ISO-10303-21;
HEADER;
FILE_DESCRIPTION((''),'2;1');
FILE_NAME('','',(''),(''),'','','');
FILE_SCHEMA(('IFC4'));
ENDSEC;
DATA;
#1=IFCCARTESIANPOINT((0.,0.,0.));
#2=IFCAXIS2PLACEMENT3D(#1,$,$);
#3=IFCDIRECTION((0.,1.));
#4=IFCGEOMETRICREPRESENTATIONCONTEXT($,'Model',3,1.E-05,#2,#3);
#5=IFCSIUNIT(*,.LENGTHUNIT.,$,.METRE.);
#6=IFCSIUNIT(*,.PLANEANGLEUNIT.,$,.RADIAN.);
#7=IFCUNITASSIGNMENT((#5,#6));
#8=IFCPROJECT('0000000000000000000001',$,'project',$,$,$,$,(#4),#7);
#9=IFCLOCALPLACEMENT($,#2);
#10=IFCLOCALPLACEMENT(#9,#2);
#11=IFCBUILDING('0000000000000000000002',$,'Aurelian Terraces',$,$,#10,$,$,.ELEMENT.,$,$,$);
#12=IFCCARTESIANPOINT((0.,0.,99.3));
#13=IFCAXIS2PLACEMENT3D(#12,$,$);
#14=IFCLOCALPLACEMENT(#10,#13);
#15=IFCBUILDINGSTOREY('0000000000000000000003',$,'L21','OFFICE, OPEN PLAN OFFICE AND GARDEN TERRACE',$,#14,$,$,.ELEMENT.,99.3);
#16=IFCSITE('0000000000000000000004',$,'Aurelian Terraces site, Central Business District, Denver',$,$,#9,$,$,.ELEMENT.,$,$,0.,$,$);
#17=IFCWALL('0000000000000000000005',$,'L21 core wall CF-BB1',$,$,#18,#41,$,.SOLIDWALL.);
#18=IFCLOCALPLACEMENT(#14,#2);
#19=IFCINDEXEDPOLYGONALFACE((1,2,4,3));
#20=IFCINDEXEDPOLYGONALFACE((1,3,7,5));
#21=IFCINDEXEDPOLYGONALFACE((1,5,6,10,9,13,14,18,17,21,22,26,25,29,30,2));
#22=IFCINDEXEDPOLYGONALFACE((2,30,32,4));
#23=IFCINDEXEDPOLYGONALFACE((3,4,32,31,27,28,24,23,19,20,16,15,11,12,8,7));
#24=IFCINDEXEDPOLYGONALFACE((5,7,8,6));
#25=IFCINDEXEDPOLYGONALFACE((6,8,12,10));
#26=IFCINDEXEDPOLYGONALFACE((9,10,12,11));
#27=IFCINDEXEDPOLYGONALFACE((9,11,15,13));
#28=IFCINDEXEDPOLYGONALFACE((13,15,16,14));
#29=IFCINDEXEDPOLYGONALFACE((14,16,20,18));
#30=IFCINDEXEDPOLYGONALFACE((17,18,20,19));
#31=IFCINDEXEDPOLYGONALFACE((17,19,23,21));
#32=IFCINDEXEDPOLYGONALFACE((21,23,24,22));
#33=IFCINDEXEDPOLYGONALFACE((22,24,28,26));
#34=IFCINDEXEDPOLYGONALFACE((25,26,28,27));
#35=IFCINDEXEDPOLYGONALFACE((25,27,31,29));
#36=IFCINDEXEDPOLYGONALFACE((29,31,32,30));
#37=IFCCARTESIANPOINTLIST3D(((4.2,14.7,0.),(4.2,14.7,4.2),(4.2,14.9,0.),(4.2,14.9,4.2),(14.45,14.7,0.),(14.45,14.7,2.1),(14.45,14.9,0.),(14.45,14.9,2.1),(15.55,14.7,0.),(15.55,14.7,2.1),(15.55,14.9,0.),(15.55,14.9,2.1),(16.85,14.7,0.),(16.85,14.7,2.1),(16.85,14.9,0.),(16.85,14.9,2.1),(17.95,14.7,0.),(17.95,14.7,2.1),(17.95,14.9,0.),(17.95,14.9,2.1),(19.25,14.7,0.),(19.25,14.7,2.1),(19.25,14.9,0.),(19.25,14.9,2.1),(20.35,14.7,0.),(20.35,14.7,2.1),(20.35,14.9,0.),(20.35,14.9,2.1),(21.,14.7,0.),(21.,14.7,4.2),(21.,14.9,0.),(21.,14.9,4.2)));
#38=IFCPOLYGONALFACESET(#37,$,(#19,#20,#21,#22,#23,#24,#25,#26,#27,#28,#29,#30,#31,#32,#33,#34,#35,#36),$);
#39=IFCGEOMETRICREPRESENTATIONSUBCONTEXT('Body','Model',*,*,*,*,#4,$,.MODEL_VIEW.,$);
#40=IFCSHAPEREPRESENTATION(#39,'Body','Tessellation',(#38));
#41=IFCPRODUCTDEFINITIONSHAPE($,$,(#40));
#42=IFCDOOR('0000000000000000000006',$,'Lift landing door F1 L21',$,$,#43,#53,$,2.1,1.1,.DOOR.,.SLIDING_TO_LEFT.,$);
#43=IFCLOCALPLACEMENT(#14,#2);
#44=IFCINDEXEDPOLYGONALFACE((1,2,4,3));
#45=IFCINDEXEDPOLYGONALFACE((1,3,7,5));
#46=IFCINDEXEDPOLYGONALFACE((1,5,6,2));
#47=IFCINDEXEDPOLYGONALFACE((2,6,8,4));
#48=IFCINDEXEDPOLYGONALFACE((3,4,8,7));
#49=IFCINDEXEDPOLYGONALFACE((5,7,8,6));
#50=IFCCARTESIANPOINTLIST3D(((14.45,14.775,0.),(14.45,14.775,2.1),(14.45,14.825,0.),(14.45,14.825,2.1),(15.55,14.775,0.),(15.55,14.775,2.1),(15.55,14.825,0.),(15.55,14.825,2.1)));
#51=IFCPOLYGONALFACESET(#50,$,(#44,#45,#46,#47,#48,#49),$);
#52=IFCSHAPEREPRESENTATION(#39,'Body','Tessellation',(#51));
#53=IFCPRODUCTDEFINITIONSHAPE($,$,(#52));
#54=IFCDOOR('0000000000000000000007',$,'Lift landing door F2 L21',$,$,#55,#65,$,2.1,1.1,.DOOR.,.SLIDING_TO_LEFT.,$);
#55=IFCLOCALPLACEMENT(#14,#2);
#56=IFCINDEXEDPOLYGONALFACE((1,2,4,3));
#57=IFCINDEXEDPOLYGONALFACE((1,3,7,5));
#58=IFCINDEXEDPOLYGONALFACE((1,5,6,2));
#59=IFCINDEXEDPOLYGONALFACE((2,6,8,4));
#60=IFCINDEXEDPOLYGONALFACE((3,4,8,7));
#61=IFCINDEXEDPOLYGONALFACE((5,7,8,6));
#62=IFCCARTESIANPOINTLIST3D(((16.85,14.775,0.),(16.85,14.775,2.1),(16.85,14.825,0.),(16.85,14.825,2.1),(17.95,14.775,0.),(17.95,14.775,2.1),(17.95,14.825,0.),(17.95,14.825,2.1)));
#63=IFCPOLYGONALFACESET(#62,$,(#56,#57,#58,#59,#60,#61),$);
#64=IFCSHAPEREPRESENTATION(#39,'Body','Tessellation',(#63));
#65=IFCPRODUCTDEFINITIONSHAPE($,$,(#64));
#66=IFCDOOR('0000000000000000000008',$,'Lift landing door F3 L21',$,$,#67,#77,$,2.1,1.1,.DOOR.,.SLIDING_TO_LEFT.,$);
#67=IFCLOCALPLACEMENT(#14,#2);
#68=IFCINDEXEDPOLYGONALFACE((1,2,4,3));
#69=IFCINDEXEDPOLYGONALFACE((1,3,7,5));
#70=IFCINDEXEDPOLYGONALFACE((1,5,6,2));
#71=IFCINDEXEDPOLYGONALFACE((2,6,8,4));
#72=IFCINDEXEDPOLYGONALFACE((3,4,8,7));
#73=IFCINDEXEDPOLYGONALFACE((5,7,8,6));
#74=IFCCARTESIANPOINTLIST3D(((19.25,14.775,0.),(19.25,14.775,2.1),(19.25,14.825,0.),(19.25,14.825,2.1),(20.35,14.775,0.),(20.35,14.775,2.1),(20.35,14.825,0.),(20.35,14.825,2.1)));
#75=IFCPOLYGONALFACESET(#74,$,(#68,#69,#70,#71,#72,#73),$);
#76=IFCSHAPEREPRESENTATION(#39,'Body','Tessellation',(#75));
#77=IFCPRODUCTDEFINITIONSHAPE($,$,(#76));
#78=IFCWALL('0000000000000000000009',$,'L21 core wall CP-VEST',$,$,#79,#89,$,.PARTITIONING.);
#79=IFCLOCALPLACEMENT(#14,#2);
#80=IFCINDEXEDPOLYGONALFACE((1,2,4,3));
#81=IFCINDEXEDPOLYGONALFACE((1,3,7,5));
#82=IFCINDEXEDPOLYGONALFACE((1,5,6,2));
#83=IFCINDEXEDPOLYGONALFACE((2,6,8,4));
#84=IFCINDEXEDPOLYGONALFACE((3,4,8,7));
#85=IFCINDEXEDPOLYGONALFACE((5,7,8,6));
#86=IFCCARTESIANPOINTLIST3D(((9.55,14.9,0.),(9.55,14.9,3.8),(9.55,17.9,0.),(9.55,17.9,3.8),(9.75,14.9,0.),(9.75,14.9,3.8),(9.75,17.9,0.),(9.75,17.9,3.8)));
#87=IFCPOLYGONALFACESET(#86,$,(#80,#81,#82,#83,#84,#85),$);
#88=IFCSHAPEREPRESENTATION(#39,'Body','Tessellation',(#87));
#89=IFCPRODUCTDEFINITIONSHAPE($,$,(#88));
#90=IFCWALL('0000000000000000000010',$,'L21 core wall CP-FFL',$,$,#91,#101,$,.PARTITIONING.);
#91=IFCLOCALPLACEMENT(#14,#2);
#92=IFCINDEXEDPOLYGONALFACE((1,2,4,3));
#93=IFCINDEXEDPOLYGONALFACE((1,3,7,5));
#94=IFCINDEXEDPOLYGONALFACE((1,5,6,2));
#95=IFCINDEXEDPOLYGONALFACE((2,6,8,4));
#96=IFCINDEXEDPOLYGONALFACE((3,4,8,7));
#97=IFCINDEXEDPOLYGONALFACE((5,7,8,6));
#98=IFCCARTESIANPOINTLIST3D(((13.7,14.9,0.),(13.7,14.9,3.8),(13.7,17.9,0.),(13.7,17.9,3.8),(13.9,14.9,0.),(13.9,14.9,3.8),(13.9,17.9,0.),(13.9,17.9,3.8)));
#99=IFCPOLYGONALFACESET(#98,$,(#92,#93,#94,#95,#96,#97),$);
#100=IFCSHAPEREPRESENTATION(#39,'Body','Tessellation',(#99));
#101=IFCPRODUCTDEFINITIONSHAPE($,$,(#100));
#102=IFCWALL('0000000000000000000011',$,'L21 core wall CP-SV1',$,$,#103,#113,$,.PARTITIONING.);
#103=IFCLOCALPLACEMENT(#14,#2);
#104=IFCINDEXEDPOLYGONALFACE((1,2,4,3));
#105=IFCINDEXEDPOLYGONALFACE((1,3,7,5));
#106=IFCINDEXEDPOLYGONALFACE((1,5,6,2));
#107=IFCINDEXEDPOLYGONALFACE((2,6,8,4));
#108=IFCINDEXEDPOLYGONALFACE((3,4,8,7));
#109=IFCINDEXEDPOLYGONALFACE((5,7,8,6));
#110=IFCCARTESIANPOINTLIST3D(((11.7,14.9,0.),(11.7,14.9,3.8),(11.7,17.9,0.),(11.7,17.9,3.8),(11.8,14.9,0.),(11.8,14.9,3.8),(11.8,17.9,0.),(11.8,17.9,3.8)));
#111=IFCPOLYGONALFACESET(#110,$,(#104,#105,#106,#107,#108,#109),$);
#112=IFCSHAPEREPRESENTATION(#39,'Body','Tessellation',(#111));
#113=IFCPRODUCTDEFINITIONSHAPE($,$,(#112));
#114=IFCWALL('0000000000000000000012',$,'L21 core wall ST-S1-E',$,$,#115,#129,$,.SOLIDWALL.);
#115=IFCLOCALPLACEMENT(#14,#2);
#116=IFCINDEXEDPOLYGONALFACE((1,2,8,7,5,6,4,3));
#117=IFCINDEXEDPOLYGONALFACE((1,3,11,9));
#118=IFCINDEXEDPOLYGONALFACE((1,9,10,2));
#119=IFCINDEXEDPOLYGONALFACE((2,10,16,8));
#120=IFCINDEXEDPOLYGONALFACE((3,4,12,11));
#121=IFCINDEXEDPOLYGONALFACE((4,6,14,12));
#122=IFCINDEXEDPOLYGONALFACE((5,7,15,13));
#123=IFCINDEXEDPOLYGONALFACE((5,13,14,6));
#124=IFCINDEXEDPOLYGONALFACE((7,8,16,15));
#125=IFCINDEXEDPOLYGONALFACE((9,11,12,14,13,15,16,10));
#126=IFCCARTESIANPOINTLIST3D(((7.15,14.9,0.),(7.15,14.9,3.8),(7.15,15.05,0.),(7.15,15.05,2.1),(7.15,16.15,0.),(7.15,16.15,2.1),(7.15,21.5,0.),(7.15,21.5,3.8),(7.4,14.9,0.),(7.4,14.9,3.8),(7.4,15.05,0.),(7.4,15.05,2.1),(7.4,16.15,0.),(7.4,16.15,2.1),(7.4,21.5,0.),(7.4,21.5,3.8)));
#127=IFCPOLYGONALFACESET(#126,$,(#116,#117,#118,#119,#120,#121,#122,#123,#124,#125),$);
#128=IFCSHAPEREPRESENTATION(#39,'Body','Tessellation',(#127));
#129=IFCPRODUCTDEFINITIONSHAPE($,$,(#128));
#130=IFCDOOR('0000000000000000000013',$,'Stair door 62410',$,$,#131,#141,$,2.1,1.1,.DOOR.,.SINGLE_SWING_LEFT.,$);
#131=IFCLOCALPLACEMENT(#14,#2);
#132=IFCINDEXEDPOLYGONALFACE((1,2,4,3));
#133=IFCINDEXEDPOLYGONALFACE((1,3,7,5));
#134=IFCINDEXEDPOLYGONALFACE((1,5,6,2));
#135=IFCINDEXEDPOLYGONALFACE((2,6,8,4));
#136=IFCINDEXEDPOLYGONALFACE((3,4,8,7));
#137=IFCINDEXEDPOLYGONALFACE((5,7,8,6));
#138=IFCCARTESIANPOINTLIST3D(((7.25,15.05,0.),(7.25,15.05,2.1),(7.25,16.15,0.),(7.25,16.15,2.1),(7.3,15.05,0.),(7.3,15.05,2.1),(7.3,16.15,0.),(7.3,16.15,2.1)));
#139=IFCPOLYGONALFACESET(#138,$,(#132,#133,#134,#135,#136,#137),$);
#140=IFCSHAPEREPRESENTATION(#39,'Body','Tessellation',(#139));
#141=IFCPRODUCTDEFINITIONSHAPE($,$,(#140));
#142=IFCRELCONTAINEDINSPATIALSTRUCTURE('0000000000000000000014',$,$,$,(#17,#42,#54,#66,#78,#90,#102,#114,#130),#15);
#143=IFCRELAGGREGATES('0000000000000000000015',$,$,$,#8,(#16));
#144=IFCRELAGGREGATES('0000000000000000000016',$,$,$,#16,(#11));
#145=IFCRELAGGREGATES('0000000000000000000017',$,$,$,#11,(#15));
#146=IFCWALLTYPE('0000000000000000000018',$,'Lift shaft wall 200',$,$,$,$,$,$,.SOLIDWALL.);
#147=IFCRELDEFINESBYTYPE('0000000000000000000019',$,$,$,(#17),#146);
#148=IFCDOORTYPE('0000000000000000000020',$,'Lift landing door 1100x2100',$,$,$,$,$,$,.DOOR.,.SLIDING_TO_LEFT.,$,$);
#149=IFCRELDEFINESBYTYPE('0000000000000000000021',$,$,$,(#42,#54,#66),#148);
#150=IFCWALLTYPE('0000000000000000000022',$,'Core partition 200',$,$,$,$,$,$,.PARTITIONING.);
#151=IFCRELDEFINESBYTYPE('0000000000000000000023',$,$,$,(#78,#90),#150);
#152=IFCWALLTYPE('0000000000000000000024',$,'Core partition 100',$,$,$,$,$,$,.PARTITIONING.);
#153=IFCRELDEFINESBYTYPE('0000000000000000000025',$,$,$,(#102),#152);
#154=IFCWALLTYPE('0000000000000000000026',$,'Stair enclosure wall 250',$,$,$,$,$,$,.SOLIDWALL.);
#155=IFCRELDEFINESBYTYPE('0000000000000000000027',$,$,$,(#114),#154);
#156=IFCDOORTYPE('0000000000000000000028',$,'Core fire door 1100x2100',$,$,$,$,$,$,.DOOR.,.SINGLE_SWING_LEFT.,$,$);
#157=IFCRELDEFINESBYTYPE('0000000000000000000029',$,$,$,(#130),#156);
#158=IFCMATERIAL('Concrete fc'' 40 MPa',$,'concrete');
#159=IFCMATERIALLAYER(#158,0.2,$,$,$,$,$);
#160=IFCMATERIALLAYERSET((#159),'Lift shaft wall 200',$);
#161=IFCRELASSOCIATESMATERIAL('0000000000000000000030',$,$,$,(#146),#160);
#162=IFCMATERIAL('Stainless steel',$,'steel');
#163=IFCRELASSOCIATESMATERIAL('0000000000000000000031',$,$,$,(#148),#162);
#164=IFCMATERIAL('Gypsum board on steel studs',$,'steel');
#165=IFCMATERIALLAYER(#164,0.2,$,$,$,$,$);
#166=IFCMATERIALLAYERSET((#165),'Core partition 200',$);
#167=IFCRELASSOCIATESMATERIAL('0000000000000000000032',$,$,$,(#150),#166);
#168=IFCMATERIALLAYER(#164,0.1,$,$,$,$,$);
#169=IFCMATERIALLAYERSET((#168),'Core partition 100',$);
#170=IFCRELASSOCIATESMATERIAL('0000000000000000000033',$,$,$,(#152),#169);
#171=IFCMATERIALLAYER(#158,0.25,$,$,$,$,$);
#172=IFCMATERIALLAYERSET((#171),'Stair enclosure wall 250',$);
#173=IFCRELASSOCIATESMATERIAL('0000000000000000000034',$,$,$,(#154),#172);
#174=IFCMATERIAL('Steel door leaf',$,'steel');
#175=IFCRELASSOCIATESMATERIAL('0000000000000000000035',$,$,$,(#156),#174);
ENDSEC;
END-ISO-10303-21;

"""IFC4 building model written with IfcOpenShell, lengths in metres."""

from ifc_helpers import new_model, si_unit, direction, frame, frame_2d, origin, place, context, subcontext, project, spatial, rectangle, extrude, source, transform, mapped, material, layer, layer_set, type_object, element, fill, save


model = new_model("IFC4")

# Units and contexts
model_context = context("Model", 3, precision=1e-05, world=origin(), true_north=direction((0.0, 1.0)))
body_context = subcontext(model_context, "Body", "Model", "MODEL_VIEW")
ifc_project = project(units=[si_unit("LENGTHUNIT", "METRE"), si_unit("PLANEANGLEUNIT", "RADIAN")], contexts=[model_context])

# Site, building, storey
site_placement = place(None, origin())
site = spatial("IfcSite", under=ifc_project, at=site_placement, Name="Aurelian Terraces site, Central Business District, Denver", CompositionType="ELEMENT", RefElevation=0.0)
building_placement = place(site_placement, origin())
building = spatial("IfcBuilding", under=site, at=building_placement, Name="Aurelian Terraces", CompositionType="ELEMENT")
storey_placement = place(building_placement, frame((0.0, 0.0, 99.3)))
storey = spatial("IfcBuildingStorey", under=building, at=storey_placement, Name="L21", Description="OFFICE, OPEN PLAN OFFICE AND GARDEN TERRACE", CompositionType="ELEMENT", Elevation=99.3)

# Shared definitions
ifc_material_1 = material(Name="Concrete fc' 40 MPa", Category="concrete")
ifc_layer_1 = layer(ifc_material_1, 0.2)
ifc_layer_set_1 = layer_set([ifc_layer_1], Name="Lift shaft wall 200")
wall_type_1 = type_object("IfcWallType", Name="Lift shaft wall 200", PredefinedType="SOLIDWALL", material=ifc_layer_set_1)

# Wall, openings, doors
shared_shape_1 = source(origin(), body_context, "Body", "SweptSolid", [
    extrude(rectangle(XDim=16.8, YDim=0.2, at=frame_2d((8.4, 0.0))), origin(), (0.0, 0.0, 1.0), 4.2),
])
shared_shape_2 = source(origin(), body_context, "Body", "SweptSolid", [
    extrude(rectangle(XDim=1.1, YDim=2.1, at=frame_2d((0.55, 1.05))), frame((0.0, 0.11, 0.0), z_axis=(0.0, -1.0, 0.0), x_axis=(1.0, 0.0, 0.0)), (0.0, 0.0, 1.0), 0.22),
])
ifc_material_2 = material(Name="Stainless steel", Category="steel")
door_type_1 = type_object("IfcDoorType", Name="Lift landing door 1100x2100", OperationType="SLIDING_TO_LEFT", PredefinedType="DOOR", material=ifc_material_2)
shared_shape_3 = source(origin(), body_context, "Body", "SweptSolid", [
    extrude(rectangle(XDim=1.1, YDim=2.1, at=frame_2d((0.55, 1.05))), frame((0.0, 0.025, 0.0), z_axis=(0.0, -1.0, 0.0), x_axis=(1.0, 0.0, 0.0)), (0.0, 0.0, 1.0), 0.05),
])
wall_1_placement = place(storey_placement, frame((4.2, 14.8, 0.0), z_axis=(0.0, 0.0, 1.0), x_axis=(1.0, 0.0, 0.0)))
wall_1 = element("IfcWall", 1, at=wall_1_placement, inside=storey, type_object=wall_type_1, Name="L21 core wall CF-BB1", PredefinedType="SOLIDWALL", context=body_context, shape_type="MappedRepresentation", body=[
    mapped(shared_shape_1, transform((0.0, 0.0, 0.0), scale=1.0)),
])
opening_1_placement = place(wall_1_placement, frame((10.25, 0.0, 0.0)))
opening_1 = element("IfcOpeningElement", 2, at=opening_1_placement, cuts=wall_1, PredefinedType="OPENING", context=body_context, shape_type="MappedRepresentation", body=[
    mapped(shared_shape_2, transform((0.0, 0.0, 0.0), scale=1.0)),
])
opening_2_placement = place(wall_1_placement, frame((12.65, 0.0, 0.0)))
opening_2 = element("IfcOpeningElement", 3, at=opening_2_placement, cuts=wall_1, PredefinedType="OPENING", context=body_context, shape_type="MappedRepresentation", body=[
    mapped(shared_shape_2, transform((0.0, 0.0, 0.0), scale=1.0)),
])
opening_3_placement = place(wall_1_placement, frame((15.05, 0.0, 0.0)))
opening_3 = element("IfcOpeningElement", 4, at=opening_3_placement, cuts=wall_1, PredefinedType="OPENING", context=body_context, shape_type="MappedRepresentation", body=[
    mapped(shared_shape_2, transform((0.0, 0.0, 0.0), scale=1.0)),
])
door_1_placement = place(opening_1_placement, origin())
door_1 = element("IfcDoor", 5, at=door_1_placement, inside=storey, type_object=door_type_1, Name="Lift landing door F1 L21", OperationType="SLIDING_TO_LEFT", OverallHeight=2.1, OverallWidth=1.1, PredefinedType="DOOR", context=body_context, shape_type="MappedRepresentation", body=[
    mapped(shared_shape_3, transform((0.0, 0.0, 0.0), scale=1.0)),
])
fill(opening_1, door_1)
door_2_placement = place(opening_2_placement, origin())
door_2 = element("IfcDoor", 6, at=door_2_placement, inside=storey, type_object=door_type_1, Name="Lift landing door F2 L21", OperationType="SLIDING_TO_LEFT", OverallHeight=2.1, OverallWidth=1.1, PredefinedType="DOOR", context=body_context, shape_type="MappedRepresentation", body=[
    mapped(shared_shape_3, transform((0.0, 0.0, 0.0), scale=1.0)),
])
fill(opening_2, door_2)
door_3_placement = place(opening_3_placement, origin())
door_3 = element("IfcDoor", 7, at=door_3_placement, inside=storey, type_object=door_type_1, Name="Lift landing door F3 L21", OperationType="SLIDING_TO_LEFT", OverallHeight=2.1, OverallWidth=1.1, PredefinedType="DOOR", context=body_context, shape_type="MappedRepresentation", body=[
    mapped(shared_shape_3, transform((0.0, 0.0, 0.0), scale=1.0)),
])
fill(opening_3, door_3)

# Walls
ifc_material_3 = material(Name="Gypsum board on steel studs", Category="steel")
ifc_layer_2 = layer(ifc_material_3, 0.2)
ifc_layer_set_2 = layer_set([ifc_layer_2], Name="Core partition 200")
wall_type_2 = type_object("IfcWallType", Name="Core partition 200", PredefinedType="PARTITIONING", material=ifc_layer_set_2)
shared_shape_4 = source(origin(), body_context, "Body", "SweptSolid", [
    extrude(rectangle(XDim=3.0, YDim=0.2, at=frame_2d((1.5, 0.0))), origin(), (0.0, 0.0, 1.0), 3.8),
])
for number, where, z_axis, x_axis, name in (
    (8, (9.65, 14.9, 0.0), (0.0, 0.0, 1.0), (0.0, 1.0, 0.0), "L21 core wall CP-VEST"),
    (9, (13.8, 14.9, 0.0), (0.0, 0.0, 1.0), (0.0, 1.0, 0.0), "L21 core wall CP-FFL"),
):
    element("IfcWall", number, at=place(storey_placement, frame(where, z_axis=z_axis, x_axis=x_axis)), inside=storey, type_object=wall_type_2, Name=name, PredefinedType="PARTITIONING", context=body_context, shape_type="MappedRepresentation", body=[
        mapped(shared_shape_4, transform((0.0, 0.0, 0.0), scale=1.0)),
    ])
ifc_layer_3 = layer(ifc_material_3, 0.1)
ifc_layer_set_3 = layer_set([ifc_layer_3], Name="Core partition 100")
wall_type_3 = type_object("IfcWallType", Name="Core partition 100", PredefinedType="PARTITIONING", material=ifc_layer_set_3)
shared_shape_5 = source(origin(), body_context, "Body", "SweptSolid", [
    extrude(rectangle(XDim=3.0, YDim=0.1, at=frame_2d((1.5, 0.0))), origin(), (0.0, 0.0, 1.0), 3.8),
])
wall_2_placement = place(storey_placement, frame((11.75, 14.9, 0.0), z_axis=(0.0, 0.0, 1.0), x_axis=(0.0, 1.0, 0.0)))
element("IfcWall", 10, at=wall_2_placement, inside=storey, type_object=wall_type_3, Name="L21 core wall CP-SV1", PredefinedType="PARTITIONING", context=body_context, shape_type="MappedRepresentation", body=[
    mapped(shared_shape_5, transform((0.0, 0.0, 0.0), scale=1.0)),
])

# Wall, opening, door
ifc_layer_4 = layer(ifc_material_1, 0.25)
ifc_layer_set_4 = layer_set([ifc_layer_4], Name="Stair enclosure wall 250")
wall_type_4 = type_object("IfcWallType", Name="Stair enclosure wall 250", PredefinedType="SOLIDWALL", material=ifc_layer_set_4)
shared_shape_6 = source(origin(), body_context, "Body", "SweptSolid", [
    extrude(rectangle(XDim=6.6, YDim=0.25, at=frame_2d((3.3, 0.0))), origin(), (0.0, 0.0, 1.0), 3.8),
])
wall_3_placement = place(storey_placement, frame((7.275, 14.9, 0.0), z_axis=(0.0, 0.0, 1.0), x_axis=(0.0, 1.0, 0.0)))
wall_3 = element("IfcWall", 11, at=wall_3_placement, inside=storey, type_object=wall_type_4, Name="L21 core wall ST-S1-E", PredefinedType="SOLIDWALL", context=body_context, shape_type="MappedRepresentation", body=[
    mapped(shared_shape_6, transform((0.0, 0.0, 0.0), scale=1.0)),
])
shared_shape_7 = source(origin(), body_context, "Body", "SweptSolid", [
    extrude(rectangle(XDim=1.1, YDim=2.1, at=frame_2d((0.55, 1.05))), frame((0.0, 0.135, 0.0), z_axis=(0.0, -1.0, 0.0), x_axis=(1.0, 0.0, 0.0)), (0.0, 0.0, 1.0), 0.27),
])
opening_4_placement = place(wall_3_placement, frame((0.15, 0.0, 0.0)))
opening_4 = element("IfcOpeningElement", 12, at=opening_4_placement, cuts=wall_3, PredefinedType="OPENING", context=body_context, shape_type="MappedRepresentation", body=[
    mapped(shared_shape_7, transform((0.0, 0.0, 0.0), scale=1.0)),
])
ifc_material_4 = material(Name="Steel door leaf", Category="steel")
door_type_2 = type_object("IfcDoorType", Name="Core fire door 1100x2100", OperationType="SINGLE_SWING_LEFT", PredefinedType="DOOR", material=ifc_material_4)
door_4_placement = place(opening_4_placement, origin())
door_4 = element("IfcDoor", 13, at=door_4_placement, inside=storey, type_object=door_type_2, Name="Stair door 62410", OperationType="SINGLE_SWING_LEFT", OverallHeight=2.1, OverallWidth=1.1, PredefinedType="DOOR", context=body_context, shape_type="MappedRepresentation", body=[
    mapped(shared_shape_3, transform((0.0, 0.0, 0.0), scale=1.0)),
])
fill(opening_4, door_4)

save(model, "model.ifc")
